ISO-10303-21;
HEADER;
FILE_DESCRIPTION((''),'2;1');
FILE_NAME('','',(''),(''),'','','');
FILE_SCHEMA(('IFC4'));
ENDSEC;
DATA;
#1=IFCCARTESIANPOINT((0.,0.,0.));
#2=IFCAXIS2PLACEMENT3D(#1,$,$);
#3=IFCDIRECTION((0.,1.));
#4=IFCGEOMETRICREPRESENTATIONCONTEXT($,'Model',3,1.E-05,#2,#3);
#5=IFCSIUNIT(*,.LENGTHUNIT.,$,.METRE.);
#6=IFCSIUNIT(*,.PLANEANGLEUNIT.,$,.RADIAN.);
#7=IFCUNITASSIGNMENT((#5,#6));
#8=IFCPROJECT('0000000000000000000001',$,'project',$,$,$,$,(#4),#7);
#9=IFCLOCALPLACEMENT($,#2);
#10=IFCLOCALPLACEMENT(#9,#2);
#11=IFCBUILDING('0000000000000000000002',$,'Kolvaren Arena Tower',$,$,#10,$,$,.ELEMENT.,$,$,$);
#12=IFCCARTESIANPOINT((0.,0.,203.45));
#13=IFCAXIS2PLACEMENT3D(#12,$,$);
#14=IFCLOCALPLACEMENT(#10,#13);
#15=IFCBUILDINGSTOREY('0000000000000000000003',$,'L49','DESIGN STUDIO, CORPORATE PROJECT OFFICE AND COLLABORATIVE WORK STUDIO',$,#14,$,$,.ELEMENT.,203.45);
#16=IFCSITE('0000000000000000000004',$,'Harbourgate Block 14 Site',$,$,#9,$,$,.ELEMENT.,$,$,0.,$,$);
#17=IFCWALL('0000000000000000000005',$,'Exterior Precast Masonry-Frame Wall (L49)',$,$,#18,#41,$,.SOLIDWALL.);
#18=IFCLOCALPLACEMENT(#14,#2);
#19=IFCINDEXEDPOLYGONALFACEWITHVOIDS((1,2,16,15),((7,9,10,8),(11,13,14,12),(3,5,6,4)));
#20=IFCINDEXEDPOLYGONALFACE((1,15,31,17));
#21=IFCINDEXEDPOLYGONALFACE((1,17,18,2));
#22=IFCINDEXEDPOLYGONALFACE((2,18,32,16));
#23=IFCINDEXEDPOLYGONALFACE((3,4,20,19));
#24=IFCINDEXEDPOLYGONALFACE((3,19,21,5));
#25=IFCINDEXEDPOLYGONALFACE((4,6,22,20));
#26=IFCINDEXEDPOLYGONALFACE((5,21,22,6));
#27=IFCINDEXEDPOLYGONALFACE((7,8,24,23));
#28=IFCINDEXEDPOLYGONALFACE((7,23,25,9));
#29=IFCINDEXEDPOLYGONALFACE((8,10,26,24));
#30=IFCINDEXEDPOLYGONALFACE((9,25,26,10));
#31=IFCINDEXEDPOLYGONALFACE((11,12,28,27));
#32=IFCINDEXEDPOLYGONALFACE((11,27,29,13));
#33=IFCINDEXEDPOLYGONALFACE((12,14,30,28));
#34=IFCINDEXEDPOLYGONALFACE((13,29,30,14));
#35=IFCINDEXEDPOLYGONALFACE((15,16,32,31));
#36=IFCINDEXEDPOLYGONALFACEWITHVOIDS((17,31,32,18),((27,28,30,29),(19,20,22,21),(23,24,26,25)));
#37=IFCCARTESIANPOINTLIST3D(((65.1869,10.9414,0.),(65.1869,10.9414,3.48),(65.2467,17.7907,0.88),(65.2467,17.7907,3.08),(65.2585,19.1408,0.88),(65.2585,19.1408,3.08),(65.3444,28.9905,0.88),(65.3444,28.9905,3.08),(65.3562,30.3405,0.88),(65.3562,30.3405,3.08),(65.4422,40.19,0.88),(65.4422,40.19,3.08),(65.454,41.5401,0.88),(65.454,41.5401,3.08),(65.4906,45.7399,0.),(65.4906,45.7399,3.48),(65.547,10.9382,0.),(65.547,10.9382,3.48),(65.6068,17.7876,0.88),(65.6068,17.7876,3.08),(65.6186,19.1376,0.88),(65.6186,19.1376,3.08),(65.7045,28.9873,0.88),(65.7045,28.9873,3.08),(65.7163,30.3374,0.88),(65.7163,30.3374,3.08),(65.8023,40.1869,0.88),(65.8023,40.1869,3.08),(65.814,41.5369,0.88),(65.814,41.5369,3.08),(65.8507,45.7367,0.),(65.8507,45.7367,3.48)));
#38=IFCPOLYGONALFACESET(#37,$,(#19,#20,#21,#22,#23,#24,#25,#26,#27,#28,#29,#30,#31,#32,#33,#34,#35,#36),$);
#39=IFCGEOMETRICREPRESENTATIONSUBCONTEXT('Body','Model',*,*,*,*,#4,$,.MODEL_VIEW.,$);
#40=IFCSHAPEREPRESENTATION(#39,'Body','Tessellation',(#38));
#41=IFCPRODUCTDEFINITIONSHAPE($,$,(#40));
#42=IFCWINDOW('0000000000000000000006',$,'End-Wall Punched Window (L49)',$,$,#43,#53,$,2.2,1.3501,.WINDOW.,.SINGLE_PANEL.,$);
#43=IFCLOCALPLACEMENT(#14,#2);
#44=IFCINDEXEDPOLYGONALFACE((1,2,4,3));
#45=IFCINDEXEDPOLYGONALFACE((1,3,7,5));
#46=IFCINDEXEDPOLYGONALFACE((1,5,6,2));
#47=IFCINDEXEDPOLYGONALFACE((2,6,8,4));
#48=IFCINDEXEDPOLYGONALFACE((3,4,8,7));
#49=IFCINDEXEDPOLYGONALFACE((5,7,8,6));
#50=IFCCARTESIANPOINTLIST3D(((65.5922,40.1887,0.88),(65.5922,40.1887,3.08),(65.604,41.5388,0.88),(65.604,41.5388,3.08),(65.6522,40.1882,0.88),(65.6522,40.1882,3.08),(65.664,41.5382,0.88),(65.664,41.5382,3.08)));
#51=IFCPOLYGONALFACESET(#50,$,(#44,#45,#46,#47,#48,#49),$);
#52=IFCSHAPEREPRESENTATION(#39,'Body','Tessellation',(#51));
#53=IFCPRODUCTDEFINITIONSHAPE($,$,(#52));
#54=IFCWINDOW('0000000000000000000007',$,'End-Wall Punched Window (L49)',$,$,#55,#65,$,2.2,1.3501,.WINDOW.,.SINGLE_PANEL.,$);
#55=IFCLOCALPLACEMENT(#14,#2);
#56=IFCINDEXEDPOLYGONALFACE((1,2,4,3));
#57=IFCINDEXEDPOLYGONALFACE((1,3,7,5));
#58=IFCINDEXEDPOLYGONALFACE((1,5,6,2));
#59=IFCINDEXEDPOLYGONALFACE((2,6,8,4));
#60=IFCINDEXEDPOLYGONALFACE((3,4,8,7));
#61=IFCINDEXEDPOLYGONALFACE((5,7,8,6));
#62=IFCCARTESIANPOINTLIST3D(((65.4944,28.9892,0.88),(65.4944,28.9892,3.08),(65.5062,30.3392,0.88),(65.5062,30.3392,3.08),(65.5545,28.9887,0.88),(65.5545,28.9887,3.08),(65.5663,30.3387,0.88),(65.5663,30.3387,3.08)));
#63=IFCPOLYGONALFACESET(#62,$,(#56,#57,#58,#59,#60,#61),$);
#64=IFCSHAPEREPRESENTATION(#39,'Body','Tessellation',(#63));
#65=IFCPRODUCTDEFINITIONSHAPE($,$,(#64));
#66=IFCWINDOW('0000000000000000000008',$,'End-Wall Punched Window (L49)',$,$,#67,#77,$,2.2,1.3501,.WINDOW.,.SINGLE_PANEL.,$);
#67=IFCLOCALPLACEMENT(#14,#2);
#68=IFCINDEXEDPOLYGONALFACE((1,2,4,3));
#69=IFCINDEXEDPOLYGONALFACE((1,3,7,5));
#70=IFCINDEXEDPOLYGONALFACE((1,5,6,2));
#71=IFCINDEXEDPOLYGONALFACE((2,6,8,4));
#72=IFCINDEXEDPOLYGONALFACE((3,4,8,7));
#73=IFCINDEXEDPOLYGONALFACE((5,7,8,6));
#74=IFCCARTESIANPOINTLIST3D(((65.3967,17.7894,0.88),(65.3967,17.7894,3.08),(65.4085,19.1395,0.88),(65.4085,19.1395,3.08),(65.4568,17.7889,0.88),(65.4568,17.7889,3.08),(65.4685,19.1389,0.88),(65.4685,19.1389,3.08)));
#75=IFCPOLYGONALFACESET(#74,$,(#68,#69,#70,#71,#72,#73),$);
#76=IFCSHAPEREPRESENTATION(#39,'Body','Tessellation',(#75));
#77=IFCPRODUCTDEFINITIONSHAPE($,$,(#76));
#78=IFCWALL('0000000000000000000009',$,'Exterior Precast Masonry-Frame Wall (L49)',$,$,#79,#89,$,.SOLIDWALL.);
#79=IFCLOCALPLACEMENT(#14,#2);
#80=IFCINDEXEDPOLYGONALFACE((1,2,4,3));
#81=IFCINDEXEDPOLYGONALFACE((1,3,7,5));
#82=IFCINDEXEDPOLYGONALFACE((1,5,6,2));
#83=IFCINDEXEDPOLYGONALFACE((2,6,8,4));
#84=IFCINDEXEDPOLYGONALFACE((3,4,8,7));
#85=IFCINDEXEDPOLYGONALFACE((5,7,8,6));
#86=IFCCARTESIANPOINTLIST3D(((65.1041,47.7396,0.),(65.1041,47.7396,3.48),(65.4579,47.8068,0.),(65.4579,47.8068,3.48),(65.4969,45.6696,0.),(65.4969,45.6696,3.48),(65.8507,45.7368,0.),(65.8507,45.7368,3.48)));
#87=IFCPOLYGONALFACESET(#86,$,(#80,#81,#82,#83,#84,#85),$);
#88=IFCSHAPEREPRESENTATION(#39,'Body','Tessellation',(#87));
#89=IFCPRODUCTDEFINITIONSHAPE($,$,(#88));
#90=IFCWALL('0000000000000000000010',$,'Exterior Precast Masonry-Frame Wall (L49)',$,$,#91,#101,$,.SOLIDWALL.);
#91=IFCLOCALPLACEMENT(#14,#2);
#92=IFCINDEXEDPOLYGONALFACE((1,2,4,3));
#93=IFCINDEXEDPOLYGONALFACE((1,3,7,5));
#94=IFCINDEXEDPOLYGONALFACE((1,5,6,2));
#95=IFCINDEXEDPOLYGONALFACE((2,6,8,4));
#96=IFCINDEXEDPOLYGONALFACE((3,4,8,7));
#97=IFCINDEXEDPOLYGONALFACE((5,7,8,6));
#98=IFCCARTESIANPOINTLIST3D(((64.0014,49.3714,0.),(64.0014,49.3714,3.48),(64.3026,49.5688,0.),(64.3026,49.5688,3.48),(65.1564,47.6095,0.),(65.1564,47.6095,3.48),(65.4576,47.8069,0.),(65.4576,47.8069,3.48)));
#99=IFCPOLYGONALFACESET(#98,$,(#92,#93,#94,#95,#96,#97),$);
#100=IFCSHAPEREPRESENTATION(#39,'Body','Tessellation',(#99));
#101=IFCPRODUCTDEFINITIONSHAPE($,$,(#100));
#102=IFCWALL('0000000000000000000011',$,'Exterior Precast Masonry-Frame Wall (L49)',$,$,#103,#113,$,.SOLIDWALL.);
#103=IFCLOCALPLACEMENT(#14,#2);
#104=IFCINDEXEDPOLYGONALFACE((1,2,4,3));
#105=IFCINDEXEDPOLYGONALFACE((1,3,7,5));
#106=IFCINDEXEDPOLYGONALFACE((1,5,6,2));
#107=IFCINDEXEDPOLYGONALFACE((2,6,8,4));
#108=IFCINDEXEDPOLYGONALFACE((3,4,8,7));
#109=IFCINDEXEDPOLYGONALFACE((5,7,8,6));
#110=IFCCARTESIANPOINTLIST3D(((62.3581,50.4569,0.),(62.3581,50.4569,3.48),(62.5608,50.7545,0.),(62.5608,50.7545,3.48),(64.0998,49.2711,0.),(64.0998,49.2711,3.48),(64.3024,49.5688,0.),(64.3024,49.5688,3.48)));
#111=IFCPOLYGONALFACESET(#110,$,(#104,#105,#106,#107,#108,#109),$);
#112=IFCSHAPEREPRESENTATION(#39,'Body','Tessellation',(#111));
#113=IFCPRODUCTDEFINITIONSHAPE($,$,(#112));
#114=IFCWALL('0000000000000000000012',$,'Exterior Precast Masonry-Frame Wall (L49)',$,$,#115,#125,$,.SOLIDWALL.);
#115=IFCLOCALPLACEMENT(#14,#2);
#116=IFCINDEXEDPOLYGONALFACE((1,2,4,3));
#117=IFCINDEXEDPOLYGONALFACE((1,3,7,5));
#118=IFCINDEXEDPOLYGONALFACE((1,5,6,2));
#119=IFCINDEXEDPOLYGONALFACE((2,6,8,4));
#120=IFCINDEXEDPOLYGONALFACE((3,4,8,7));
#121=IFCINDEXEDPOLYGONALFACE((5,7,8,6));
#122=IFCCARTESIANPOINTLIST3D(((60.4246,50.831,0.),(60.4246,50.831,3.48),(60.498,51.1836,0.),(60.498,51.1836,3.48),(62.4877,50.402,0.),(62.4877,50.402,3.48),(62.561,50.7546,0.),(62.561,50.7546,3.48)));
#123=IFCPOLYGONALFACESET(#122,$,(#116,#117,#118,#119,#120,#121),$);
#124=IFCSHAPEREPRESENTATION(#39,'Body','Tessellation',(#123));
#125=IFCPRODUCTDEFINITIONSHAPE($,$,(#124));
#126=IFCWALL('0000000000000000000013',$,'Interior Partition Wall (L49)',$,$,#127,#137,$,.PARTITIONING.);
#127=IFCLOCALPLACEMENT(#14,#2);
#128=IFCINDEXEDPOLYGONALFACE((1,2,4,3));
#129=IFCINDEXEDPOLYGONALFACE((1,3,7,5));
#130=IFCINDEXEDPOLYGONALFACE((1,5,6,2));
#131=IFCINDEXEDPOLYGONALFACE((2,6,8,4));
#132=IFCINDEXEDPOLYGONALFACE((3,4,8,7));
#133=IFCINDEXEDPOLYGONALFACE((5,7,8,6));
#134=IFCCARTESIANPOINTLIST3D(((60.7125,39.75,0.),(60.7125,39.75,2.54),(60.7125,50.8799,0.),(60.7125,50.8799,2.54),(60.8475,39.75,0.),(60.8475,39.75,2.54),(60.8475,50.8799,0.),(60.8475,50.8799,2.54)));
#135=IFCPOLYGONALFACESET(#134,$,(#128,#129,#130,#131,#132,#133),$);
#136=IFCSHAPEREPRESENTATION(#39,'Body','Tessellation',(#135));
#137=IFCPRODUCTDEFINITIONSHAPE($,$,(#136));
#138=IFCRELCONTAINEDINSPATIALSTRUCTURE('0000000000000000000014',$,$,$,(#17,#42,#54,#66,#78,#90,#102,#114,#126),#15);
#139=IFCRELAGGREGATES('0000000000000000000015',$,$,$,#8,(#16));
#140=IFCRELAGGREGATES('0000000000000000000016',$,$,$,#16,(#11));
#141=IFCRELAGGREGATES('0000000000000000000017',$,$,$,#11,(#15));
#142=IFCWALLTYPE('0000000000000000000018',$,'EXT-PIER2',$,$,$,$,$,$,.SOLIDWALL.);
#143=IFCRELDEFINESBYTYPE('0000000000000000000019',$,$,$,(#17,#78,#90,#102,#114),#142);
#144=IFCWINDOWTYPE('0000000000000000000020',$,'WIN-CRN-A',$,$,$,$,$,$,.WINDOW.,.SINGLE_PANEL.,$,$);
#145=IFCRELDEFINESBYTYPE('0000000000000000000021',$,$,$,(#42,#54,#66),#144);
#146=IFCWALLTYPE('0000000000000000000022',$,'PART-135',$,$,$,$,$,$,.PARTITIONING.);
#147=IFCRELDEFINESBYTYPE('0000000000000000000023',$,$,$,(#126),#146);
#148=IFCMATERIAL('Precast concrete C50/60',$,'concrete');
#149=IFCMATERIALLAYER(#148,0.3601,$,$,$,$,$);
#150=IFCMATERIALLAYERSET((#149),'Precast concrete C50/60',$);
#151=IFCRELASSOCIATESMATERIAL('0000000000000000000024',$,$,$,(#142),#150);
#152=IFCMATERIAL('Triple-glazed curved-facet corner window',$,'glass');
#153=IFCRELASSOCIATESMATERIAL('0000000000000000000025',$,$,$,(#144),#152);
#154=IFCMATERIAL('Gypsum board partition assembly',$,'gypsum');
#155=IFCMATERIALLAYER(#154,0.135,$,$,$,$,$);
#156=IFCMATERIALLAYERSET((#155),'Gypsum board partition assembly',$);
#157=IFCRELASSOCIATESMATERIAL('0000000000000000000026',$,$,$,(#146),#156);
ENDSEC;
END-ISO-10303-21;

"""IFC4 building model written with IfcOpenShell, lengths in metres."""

from ifc_helpers import new_model, si_unit, direction, frame, frame_2d, origin, place, context, subcontext, project, spatial, rectangle, extrude, material, layer, layer_set, type_object, element, fill, save


model = new_model("IFC4")

# Units and contexts
model_context = context("Model", 3, precision=1e-05, world=origin(), true_north=direction((0.0, 1.0)))
body_context = subcontext(model_context, "Body", "Model", "MODEL_VIEW")
ifc_project = project(units=[si_unit("LENGTHUNIT", "METRE"), si_unit("PLANEANGLEUNIT", "RADIAN")], contexts=[model_context])

# Site, building, storey
site_placement = place(None, origin())
site = spatial("IfcSite", under=ifc_project, at=site_placement, Name="Harbourgate Block 14 Site", CompositionType="ELEMENT", RefElevation=0.0)
building_placement = place(site_placement, origin())
building = spatial("IfcBuilding", under=site, at=building_placement, Name="Kolvaren Arena Tower", CompositionType="ELEMENT")
storey_placement = place(building_placement, frame((0.0, 0.0, 203.45)))
storey = spatial("IfcBuildingStorey", under=building, at=storey_placement, Name="L49", Description="DESIGN STUDIO, CORPORATE PROJECT OFFICE AND COLLABORATIVE WORK STUDIO", CompositionType="ELEMENT", Elevation=203.45)

# Wall, openings, windows
ifc_material_1 = material(Name="Precast concrete C50/60", Category="concrete")
ifc_layer_1 = layer(ifc_material_1, 0.3601)
ifc_layer_set_1 = layer_set([ifc_layer_1], Name="Precast concrete C50/60")
wall_type_1 = type_object("IfcWallType", Name="EXT-PIER2", PredefinedType="SOLIDWALL", material=ifc_layer_set_1)
wall_1_placement = place(storey_placement, frame((65.6707, 45.7383, 0.0), z_axis=(0.0, 0.0, 1.0), x_axis=(-0.008727, -0.999962, 0.0)))
wall_1 = element("IfcWall", 1, at=wall_1_placement, inside=storey, type_object=wall_type_1, Name="Exterior Precast Masonry-Frame Wall (L49)", PredefinedType="SOLIDWALL", context=body_context, shape_type="SweptSolid", body=[
    extrude(rectangle(XDim=34.7998, YDim=0.3601, at=frame_2d((17.3999, 0.0))), origin(), (0.0, 0.0, 1.0), 3.48),
])
opening_1_placement = place(wall_1_placement, frame((4.2, 0.0, 0.8799)))
opening_1 = element("IfcOpeningElement", 2, at=opening_1_placement, cuts=wall_1, PredefinedType="OPENING", context=body_context, shape_type="SweptSolid", body=[
    extrude(rectangle(XDim=1.3501, YDim=2.2, at=frame_2d((0.675, 1.1001))), frame((0.0, 0.1899, 0.0), z_axis=(0.0, -1.0, 0.0), x_axis=(1.0, 0.0, 0.0)), (0.0, 0.0, 1.0), 0.3801),
])
opening_2_placement = place(wall_1_placement, frame((15.3999, 0.0, 0.8799)))
opening_2 = element("IfcOpeningElement", 3, at=opening_2_placement, cuts=wall_1, PredefinedType="OPENING", context=body_context, shape_type="SweptSolid", body=[
    extrude(rectangle(XDim=1.3501, YDim=2.2, at=frame_2d((0.675, 1.1001))), frame((0.0, 0.1899, 0.0), z_axis=(0.0, -1.0, 0.0), x_axis=(1.0, 0.0, 0.0)), (0.0, 0.0, 1.0), 0.3801),
])
opening_3_placement = place(wall_1_placement, frame((26.6001, 0.0, 0.8799)))
opening_3 = element("IfcOpeningElement", 4, at=opening_3_placement, cuts=wall_1, PredefinedType="OPENING", context=body_context, shape_type="SweptSolid", body=[
    extrude(rectangle(XDim=1.3501, YDim=2.2, at=frame_2d((0.675, 1.1001))), frame((0.0, 0.1899, 0.0), z_axis=(0.0, -1.0, 0.0), x_axis=(1.0, 0.0, 0.0)), (0.0, 0.0, 1.0), 0.3801),
])
ifc_material_2 = material(Name="Triple-glazed curved-facet corner window", Category="glass")
window_type = type_object("IfcWindowType", Name="WIN-CRN-A", PartitioningType="SINGLE_PANEL", PredefinedType="WINDOW", material=ifc_material_2)
window_1_placement = place(opening_1_placement, origin())
window_1 = element("IfcWindow", 5, at=window_1_placement, inside=storey, type_object=window_type, Name="End-Wall Punched Window (L49)", OverallHeight=2.2, OverallWidth=1.3501, PartitioningType="SINGLE_PANEL", PredefinedType="WINDOW", context=body_context, shape_type="SweptSolid", body=[
    extrude(rectangle(XDim=1.3501, YDim=2.2, at=frame_2d((0.675, 1.1001))), frame((0.0, 0.03, 0.0), z_axis=(0.0, -1.0, 0.0), x_axis=(1.0, 0.0, 0.0)), (0.0, 0.0, 1.0), 0.0601),
])
fill(opening_1, window_1)
window_2_placement = place(opening_2_placement, origin())
window_2 = element("IfcWindow", 6, at=window_2_placement, inside=storey, type_object=window_type, Name="End-Wall Punched Window (L49)", OverallHeight=2.2, OverallWidth=1.3501, PartitioningType="SINGLE_PANEL", PredefinedType="WINDOW", context=body_context, shape_type="SweptSolid", body=[
    extrude(rectangle(XDim=1.3501, YDim=2.2, at=frame_2d((0.675, 1.1001))), frame((0.0, 0.03, 0.0), z_axis=(0.0, -1.0, 0.0), x_axis=(1.0, 0.0, 0.0)), (0.0, 0.0, 1.0), 0.0601),
])
fill(opening_2, window_2)
window_3_placement = place(opening_3_placement, origin())
window_3 = element("IfcWindow", 7, at=window_3_placement, inside=storey, type_object=window_type, Name="End-Wall Punched Window (L49)", OverallHeight=2.2, OverallWidth=1.3501, PartitioningType="SINGLE_PANEL", PredefinedType="WINDOW", context=body_context, shape_type="SweptSolid", body=[
    extrude(rectangle(XDim=1.3501, YDim=2.2, at=frame_2d((0.675, 1.1001))), frame((0.0, 0.03, 0.0), z_axis=(0.0, -1.0, 0.0), x_axis=(1.0, 0.0, 0.0)), (0.0, 0.0, 1.0), 0.0601),
])
fill(opening_3, window_3)

# Walls
wall_2_placement = place(storey_placement, frame((65.281, 47.7732, 0.0), z_axis=(0.0, 0.0, 1.0), x_axis=(0.186436, -0.982467, 0.0)))
element("IfcWall", 8, at=wall_2_placement, inside=storey, type_object=wall_type_1, Name="Exterior Precast Masonry-Frame Wall (L49)", PredefinedType="SOLIDWALL", context=body_context, shape_type="SweptSolid", body=[
    extrude(rectangle(XDim=2.1069, YDim=0.3601, at=frame_2d((1.0535, 0.0))), origin(), (0.0, 0.0, 1.0), 3.48),
])
wall_3_placement = place(storey_placement, frame((64.1521, 49.47, 0.0), z_axis=(0.0, 0.0, 1.0), x_axis=(0.548239, -0.836322, 0.0)))
element("IfcWall", 9, at=wall_3_placement, inside=storey, type_object=wall_type_1, Name="Exterior Precast Masonry-Frame Wall (L49)", PredefinedType="SOLIDWALL", context=body_context, shape_type="SweptSolid", body=[
    extrude(rectangle(XDim=2.1067, YDim=0.3601, at=frame_2d((1.0532, 0.0))), origin(), (0.0, 0.0, 1.0), 3.48),
])
wall_4_placement = place(storey_placement, frame((62.4595, 50.6057, 0.0), z_axis=(0.0, 0.0, 1.0), x_axis=(0.82661, -0.562776, 0.0)))
element("IfcWall", 10, at=wall_4_placement, inside=storey, type_object=wall_type_1, Name="Exterior Precast Masonry-Frame Wall (L49)", PredefinedType="SOLIDWALL", context=body_context, shape_type="SweptSolid", body=[
    extrude(rectangle(XDim=2.1069, YDim=0.3601, at=frame_2d((1.0535, 0.0))), origin(), (0.0, 0.0, 1.0), 3.48),
])
wall_5_placement = place(storey_placement, frame((60.4612, 51.0073, 0.0), z_axis=(0.0, 0.0, 1.0), x_axis=(0.979059, -0.203575, 0.0)))
element("IfcWall", 11, at=wall_5_placement, inside=storey, type_object=wall_type_1, Name="Exterior Precast Masonry-Frame Wall (L49)", PredefinedType="SOLIDWALL", context=body_context, shape_type="SweptSolid", body=[
    extrude(rectangle(XDim=2.1072, YDim=0.3601, at=frame_2d((1.0537, 0.0))), origin(), (0.0, 0.0, 1.0), 3.48),
])
ifc_material_3 = material(Name="Gypsum board partition assembly", Category="gypsum")
ifc_layer_2 = layer(ifc_material_3, 0.135)
ifc_layer_set_2 = layer_set([ifc_layer_2], Name="Gypsum board partition assembly")
wall_type_2 = type_object("IfcWallType", Name="PART-135", PredefinedType="PARTITIONING", material=ifc_layer_set_2)
wall_6_placement = place(storey_placement, frame((60.78, 39.75, 0.0), z_axis=(0.0, 0.0, 1.0), x_axis=(0.0, 1.0, 0.0)))
element("IfcWall", 12, at=wall_6_placement, inside=storey, type_object=wall_type_2, Name="Interior Partition Wall (L49)", PredefinedType="PARTITIONING", context=body_context, shape_type="SweptSolid", body=[
    extrude(rectangle(XDim=11.1299, YDim=0.135, at=frame_2d((5.5649, 0.0))), origin(), (0.0, 0.0, 1.0), 2.54),
])

save(model, "model.ifc")
